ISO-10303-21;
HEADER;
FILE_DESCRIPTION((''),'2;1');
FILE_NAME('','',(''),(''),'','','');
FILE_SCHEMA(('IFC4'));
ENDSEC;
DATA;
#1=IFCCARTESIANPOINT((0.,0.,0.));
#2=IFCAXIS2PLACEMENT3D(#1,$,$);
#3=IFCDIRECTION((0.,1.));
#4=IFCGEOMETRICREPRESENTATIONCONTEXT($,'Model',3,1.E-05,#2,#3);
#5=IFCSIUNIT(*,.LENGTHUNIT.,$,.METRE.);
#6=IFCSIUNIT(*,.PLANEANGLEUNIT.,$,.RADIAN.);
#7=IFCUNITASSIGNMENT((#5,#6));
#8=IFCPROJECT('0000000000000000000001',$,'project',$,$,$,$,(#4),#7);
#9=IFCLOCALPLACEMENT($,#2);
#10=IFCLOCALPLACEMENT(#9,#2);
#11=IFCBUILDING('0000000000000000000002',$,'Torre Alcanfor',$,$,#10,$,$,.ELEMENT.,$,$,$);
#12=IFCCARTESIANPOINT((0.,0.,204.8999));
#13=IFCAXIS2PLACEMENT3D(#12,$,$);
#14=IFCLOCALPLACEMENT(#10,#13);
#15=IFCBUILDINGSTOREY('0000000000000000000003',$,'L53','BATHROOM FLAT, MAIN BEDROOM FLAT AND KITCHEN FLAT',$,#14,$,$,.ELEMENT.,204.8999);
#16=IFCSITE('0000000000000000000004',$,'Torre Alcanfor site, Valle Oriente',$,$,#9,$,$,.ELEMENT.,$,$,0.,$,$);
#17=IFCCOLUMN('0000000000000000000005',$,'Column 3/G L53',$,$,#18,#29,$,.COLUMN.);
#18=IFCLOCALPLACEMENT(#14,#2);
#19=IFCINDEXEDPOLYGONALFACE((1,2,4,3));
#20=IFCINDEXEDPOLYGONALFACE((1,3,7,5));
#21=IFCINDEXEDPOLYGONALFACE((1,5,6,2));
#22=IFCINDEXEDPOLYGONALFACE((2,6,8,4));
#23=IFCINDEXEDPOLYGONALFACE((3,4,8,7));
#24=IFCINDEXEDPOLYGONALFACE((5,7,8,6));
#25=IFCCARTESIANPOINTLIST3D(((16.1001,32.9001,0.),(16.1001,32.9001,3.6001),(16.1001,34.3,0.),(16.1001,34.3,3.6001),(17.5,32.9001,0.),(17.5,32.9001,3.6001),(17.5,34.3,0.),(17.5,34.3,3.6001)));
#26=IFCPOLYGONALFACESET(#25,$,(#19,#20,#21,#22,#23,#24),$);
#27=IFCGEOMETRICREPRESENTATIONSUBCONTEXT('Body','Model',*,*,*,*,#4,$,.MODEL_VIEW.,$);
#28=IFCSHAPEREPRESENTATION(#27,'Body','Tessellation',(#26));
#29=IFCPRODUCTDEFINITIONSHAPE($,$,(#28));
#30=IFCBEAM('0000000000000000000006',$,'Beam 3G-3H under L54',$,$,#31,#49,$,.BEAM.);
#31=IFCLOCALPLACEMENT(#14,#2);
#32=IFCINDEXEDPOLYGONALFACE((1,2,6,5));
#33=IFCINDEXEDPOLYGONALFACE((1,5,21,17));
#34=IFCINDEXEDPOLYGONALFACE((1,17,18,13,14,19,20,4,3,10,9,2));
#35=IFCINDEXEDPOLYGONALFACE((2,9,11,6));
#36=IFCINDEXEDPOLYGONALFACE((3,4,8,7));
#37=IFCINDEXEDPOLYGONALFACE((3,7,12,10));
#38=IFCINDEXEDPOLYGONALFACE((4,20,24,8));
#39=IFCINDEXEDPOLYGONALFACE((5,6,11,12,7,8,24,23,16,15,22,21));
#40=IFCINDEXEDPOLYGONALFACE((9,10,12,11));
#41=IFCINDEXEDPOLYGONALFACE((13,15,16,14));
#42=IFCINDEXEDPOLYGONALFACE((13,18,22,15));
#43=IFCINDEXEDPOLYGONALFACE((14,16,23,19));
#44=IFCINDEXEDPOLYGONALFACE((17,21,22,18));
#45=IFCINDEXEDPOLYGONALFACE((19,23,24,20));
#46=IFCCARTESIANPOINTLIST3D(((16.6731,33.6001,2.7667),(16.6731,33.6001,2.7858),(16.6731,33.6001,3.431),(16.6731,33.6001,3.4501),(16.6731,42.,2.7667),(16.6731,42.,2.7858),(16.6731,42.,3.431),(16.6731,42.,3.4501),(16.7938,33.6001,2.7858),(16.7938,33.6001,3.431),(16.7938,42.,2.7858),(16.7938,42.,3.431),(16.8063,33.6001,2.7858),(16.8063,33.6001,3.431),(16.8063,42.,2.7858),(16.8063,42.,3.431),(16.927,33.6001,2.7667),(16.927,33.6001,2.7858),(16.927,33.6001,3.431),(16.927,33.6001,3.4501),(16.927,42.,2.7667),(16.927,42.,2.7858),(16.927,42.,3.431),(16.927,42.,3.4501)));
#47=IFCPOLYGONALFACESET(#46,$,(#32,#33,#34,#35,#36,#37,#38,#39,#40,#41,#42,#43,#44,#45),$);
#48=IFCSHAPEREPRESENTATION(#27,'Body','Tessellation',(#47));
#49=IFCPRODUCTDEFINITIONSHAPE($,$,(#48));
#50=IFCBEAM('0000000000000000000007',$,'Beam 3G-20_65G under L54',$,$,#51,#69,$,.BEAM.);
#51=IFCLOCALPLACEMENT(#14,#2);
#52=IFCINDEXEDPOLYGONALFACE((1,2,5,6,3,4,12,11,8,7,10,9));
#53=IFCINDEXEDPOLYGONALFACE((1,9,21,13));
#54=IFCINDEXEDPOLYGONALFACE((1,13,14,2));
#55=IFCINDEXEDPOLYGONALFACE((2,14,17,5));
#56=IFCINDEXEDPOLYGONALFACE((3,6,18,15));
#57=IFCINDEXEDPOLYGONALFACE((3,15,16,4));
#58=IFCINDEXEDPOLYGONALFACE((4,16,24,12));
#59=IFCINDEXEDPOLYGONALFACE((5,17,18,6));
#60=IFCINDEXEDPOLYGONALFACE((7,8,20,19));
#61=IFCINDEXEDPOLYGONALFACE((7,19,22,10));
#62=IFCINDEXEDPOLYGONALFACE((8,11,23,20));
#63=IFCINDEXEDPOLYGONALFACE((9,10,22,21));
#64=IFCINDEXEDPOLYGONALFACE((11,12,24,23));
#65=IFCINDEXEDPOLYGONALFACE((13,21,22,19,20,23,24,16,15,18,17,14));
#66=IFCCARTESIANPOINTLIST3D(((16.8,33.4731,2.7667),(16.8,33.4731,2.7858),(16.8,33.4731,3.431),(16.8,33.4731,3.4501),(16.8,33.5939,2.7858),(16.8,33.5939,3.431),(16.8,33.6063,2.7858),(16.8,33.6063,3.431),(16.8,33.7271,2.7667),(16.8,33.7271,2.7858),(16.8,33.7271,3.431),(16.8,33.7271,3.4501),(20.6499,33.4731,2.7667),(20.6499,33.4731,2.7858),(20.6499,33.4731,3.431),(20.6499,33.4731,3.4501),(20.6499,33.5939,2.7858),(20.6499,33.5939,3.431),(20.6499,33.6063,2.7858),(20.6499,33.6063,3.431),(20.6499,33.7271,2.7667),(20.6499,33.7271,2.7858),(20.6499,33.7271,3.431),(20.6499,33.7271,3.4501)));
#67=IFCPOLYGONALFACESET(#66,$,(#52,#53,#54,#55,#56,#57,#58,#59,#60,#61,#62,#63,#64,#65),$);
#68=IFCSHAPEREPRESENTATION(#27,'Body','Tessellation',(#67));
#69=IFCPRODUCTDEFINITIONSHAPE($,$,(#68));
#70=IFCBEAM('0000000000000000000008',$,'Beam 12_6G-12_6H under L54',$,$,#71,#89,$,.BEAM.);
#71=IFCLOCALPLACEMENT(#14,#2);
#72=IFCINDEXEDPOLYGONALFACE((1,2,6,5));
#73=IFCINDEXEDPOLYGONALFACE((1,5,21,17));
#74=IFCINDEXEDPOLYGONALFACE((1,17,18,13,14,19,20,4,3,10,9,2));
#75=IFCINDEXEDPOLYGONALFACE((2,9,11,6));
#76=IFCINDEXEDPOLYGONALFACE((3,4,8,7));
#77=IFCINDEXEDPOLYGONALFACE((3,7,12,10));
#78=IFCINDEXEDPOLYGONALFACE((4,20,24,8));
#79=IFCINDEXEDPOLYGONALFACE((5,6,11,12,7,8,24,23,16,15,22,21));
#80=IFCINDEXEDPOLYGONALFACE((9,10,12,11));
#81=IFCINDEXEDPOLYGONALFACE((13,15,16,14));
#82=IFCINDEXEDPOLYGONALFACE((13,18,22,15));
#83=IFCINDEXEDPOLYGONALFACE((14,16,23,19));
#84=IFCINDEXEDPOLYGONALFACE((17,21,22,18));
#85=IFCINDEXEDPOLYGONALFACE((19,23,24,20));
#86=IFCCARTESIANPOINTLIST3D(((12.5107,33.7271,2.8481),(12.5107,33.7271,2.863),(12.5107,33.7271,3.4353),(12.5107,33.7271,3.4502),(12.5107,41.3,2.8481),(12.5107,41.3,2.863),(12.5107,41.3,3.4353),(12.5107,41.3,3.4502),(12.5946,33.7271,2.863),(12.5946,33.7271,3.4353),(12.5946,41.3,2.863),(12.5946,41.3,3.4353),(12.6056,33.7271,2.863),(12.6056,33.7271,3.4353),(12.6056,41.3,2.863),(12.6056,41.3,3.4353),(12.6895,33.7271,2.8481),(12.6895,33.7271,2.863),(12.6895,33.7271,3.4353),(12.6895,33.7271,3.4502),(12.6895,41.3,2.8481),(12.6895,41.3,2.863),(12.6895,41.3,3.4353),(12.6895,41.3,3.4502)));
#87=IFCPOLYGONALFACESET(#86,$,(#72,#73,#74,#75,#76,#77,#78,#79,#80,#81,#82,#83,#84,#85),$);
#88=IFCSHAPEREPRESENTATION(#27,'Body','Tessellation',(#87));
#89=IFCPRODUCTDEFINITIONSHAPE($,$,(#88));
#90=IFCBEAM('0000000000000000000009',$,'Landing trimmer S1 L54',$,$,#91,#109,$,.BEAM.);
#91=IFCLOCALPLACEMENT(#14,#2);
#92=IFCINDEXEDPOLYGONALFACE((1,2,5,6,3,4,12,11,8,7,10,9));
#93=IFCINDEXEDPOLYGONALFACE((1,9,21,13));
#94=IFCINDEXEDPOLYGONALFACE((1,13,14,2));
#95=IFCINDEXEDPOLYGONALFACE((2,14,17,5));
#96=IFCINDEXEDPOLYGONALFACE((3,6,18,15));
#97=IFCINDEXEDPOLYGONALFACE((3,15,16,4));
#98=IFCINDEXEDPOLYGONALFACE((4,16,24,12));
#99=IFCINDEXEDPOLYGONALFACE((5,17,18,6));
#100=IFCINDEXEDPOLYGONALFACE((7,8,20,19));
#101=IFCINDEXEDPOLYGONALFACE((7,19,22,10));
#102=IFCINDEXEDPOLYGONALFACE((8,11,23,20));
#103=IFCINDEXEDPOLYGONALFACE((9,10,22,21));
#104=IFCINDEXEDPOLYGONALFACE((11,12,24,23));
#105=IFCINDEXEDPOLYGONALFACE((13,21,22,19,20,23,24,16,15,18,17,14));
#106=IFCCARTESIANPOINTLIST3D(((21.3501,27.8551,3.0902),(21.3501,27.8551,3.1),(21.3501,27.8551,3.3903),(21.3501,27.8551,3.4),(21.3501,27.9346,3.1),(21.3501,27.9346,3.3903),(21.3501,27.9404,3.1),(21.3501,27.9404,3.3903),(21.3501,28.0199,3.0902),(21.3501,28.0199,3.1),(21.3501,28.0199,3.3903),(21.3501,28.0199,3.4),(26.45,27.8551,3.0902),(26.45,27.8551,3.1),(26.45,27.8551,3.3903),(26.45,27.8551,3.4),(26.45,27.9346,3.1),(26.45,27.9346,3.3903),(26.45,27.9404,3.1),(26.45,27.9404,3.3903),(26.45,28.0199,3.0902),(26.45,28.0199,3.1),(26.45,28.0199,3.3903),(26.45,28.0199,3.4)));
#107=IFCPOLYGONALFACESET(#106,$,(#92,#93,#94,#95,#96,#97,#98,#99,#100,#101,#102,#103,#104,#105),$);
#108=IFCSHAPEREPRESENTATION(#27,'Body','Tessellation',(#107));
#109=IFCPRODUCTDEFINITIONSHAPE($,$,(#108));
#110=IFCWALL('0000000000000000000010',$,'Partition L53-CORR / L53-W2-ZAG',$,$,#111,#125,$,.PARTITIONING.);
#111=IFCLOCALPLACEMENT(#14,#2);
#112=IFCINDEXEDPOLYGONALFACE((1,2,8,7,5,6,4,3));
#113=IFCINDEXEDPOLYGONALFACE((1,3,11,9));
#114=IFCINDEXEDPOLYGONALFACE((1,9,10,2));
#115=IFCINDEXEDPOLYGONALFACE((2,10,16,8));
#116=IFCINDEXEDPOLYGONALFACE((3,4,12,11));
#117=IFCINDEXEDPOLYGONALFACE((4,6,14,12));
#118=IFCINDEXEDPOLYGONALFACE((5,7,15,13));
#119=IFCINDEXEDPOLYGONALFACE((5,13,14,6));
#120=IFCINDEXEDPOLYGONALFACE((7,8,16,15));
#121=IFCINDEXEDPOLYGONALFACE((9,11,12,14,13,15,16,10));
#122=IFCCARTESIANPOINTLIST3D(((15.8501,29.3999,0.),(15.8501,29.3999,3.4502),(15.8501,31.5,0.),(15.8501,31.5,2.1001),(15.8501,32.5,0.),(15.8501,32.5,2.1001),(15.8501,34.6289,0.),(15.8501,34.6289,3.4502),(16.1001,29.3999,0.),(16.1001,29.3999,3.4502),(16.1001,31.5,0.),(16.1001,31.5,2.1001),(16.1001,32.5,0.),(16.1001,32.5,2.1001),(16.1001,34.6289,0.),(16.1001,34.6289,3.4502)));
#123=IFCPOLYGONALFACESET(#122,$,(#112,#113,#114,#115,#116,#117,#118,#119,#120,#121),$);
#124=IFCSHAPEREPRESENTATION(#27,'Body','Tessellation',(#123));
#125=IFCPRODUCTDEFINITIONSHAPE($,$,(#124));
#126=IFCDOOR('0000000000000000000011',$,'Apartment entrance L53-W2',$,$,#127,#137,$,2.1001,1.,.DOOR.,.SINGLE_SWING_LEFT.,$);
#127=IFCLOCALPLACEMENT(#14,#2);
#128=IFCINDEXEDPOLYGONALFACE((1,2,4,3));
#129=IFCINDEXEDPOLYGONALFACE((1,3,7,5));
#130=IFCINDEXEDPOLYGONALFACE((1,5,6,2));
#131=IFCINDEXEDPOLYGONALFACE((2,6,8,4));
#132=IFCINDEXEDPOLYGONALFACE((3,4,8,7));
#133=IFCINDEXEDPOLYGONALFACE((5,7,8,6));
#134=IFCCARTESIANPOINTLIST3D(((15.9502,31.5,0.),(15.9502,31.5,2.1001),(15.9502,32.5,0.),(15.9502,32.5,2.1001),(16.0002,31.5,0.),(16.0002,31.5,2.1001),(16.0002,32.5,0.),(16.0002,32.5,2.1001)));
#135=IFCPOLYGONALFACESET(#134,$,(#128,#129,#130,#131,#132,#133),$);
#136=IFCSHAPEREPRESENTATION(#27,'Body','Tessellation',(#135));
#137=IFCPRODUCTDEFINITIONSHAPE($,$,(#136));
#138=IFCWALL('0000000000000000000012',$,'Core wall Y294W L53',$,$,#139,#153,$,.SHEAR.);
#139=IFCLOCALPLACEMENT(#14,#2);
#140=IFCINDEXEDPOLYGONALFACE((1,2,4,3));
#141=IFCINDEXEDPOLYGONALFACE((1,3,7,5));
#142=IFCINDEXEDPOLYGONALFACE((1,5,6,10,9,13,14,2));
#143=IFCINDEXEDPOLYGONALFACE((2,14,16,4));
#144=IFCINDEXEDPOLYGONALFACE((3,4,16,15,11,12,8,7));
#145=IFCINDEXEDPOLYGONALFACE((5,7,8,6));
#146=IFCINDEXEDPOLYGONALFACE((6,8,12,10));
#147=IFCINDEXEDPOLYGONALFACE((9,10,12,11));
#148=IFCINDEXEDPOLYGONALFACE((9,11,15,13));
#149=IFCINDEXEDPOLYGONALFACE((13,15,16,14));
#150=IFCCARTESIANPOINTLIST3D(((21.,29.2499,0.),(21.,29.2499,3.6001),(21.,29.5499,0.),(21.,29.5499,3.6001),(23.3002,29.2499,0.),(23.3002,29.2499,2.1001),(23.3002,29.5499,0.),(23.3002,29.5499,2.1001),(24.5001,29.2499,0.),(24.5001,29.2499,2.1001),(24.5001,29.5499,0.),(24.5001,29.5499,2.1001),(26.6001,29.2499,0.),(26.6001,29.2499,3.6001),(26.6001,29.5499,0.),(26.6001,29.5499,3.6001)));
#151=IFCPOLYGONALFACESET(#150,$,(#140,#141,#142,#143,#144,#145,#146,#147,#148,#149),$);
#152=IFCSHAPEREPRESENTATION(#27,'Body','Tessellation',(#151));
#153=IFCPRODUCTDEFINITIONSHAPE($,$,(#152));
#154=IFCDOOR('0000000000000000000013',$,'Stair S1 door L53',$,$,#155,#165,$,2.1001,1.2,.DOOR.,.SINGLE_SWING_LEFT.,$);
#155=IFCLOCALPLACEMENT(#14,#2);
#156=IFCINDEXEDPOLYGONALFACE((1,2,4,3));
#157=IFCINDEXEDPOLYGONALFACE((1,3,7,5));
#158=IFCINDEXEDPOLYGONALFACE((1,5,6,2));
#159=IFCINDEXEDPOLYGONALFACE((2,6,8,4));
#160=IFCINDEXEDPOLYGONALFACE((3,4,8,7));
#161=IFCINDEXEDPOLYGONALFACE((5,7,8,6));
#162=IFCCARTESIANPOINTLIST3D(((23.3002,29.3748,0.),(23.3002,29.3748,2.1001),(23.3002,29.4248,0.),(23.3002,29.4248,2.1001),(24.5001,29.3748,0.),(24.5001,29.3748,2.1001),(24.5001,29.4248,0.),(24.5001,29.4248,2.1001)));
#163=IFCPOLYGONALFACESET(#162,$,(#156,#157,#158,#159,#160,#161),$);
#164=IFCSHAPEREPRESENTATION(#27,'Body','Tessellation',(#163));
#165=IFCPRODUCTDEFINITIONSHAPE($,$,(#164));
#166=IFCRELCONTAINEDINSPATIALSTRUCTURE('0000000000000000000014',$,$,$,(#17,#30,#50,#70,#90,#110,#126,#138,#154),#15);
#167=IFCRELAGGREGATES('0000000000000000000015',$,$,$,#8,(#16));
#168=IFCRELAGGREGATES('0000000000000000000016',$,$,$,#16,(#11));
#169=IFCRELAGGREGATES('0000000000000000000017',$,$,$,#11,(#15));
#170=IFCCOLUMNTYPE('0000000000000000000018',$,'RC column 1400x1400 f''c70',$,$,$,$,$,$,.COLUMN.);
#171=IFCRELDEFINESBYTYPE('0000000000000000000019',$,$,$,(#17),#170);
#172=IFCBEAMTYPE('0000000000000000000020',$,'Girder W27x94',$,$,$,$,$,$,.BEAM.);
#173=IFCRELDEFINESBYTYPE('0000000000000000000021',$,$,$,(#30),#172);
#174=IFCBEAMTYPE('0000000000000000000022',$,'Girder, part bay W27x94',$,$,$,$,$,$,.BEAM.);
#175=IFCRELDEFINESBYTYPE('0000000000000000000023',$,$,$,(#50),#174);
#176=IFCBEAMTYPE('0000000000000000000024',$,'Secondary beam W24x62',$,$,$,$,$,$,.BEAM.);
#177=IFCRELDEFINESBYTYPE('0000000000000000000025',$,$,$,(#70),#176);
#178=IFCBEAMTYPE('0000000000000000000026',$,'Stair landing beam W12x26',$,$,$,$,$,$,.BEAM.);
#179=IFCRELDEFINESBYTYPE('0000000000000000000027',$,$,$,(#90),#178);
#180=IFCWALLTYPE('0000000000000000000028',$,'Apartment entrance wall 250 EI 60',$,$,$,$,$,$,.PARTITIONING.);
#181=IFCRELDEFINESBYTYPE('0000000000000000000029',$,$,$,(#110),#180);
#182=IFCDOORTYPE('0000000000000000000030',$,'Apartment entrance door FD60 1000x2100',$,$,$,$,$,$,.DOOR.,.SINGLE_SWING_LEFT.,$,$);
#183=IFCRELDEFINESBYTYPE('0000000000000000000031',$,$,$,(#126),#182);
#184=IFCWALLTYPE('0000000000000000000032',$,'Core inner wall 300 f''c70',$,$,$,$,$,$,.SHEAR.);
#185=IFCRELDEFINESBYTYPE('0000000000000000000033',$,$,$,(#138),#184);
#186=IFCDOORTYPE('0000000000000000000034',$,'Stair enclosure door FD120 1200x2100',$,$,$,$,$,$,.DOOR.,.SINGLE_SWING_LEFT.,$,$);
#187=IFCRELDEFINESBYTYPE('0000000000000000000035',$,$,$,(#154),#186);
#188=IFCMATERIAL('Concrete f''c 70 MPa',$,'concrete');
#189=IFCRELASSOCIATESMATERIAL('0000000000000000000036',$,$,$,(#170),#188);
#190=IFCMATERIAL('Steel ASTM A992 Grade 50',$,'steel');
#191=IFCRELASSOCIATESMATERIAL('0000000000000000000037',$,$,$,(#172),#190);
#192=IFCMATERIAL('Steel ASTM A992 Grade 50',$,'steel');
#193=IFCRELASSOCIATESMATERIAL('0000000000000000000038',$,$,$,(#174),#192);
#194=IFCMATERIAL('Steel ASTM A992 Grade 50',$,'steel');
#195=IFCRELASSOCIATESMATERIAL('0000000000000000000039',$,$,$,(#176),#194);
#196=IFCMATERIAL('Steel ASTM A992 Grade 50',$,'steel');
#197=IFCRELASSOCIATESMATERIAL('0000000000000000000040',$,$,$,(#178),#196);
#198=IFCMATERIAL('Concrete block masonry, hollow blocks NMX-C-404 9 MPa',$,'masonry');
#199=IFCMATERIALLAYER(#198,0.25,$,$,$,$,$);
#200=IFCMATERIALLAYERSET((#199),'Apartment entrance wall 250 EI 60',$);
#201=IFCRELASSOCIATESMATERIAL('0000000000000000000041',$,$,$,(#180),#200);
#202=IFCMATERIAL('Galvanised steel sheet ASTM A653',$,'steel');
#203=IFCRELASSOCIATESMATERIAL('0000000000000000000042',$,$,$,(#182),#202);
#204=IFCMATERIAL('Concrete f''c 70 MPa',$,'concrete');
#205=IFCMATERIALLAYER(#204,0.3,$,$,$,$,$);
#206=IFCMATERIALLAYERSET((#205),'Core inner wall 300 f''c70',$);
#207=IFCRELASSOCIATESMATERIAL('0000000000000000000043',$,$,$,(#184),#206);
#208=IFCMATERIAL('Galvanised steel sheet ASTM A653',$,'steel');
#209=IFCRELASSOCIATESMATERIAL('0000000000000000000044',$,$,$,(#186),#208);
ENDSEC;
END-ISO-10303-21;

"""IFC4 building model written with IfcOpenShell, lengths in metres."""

from ifc_helpers import new_model, si_unit, direction, frame, frame_2d, origin, origin_2d, place, context, subcontext, project, spatial, rectangle, i_section, extrude, material, layer, layer_set, material_profile, profile_set, type_object, element, fill, save


model = new_model("IFC4")

# Units and contexts
model_context = context("Model", 3, precision=1e-05, world=origin(), true_north=direction((0.0, 1.0)))
body_context = subcontext(model_context, "Body", "Model", "MODEL_VIEW")
ifc_project = project(units=[si_unit("LENGTHUNIT", "METRE"), si_unit("PLANEANGLEUNIT", "RADIAN")], contexts=[model_context])

# Site, building, storey
site_placement = place(None, origin())
site = spatial("IfcSite", under=ifc_project, at=site_placement, Name="Torre Alcanfor site, Valle Oriente", CompositionType="ELEMENT", RefElevation=0.0)
building_placement = place(site_placement, origin())
building = spatial("IfcBuilding", under=site, at=building_placement, Name="Torre Alcanfor", CompositionType="ELEMENT")
storey_placement = place(building_placement, frame((0.0, 0.0, 204.8999)))
storey = spatial("IfcBuildingStorey", under=building, at=storey_placement, Name="L53", Description="BATHROOM FLAT, MAIN BEDROOM FLAT AND KITCHEN FLAT", CompositionType="ELEMENT", Elevation=204.8999)

# Column
ifc_material_1 = material(Name="Concrete f'c 70 MPa", Category="concrete")
ifc_material_profile_1 = material_profile(ifc_material_1, rectangle(XDim=1.3999, YDim=1.3999, at=origin_2d()), Name="1400x1400")
ifc_profile_set_1 = profile_set([ifc_material_profile_1], Name="Concrete f'c 70 MPa")
column_type = type_object("IfcColumnType", Name="RC column 1400x1400 f'c70", PredefinedType="COLUMN", material=ifc_profile_set_1)
column_placement = place(storey_placement, frame((16.8, 33.6001, 0.0), z_axis=(0.0, 0.0, 1.0), x_axis=(1.0, 0.0, 0.0)))
element("IfcColumn", 1, at=column_placement, inside=storey, type_object=column_type, Name="Column 3/G L53", PredefinedType="COLUMN", context=body_context, shape_type="SweptSolid", body=[
    extrude(rectangle(XDim=1.3999, YDim=1.3999, at=origin_2d()), origin(), (0.0, 0.0, 1.0), 3.6001),
])

# Beams
ifc_material_2 = material(Name="Steel ASTM A992 Grade 50", Category="steel")
ifc_material_profile_2 = material_profile(ifc_material_2, i_section(OverallWidth=0.2539, OverallDepth=0.6833, WebThickness=0.0125, FlangeThickness=0.019, at=origin_2d()), Name="W27x94")
ifc_profile_set_2 = profile_set([ifc_material_profile_2], Name="Steel ASTM A992 Grade 50")
beam_type_1 = type_object("IfcBeamType", Name="Girder W27x94", PredefinedType="BEAM", material=ifc_profile_set_2)
beam_1_placement = place(storey_placement, frame((16.8, 33.6001, 3.1084), z_axis=(0.0, 1.0, 0.0), x_axis=(-1.0, 0.0, 0.0)))
element("IfcBeam", 2, at=beam_1_placement, inside=storey, type_object=beam_type_1, Name="Beam 3G-3H under L54", PredefinedType="BEAM", context=body_context, shape_type="SweptSolid", body=[
    extrude(i_section(OverallWidth=0.2539, OverallDepth=0.6833, WebThickness=0.0125, FlangeThickness=0.019, at=origin_2d()), origin(), (0.0, 0.0, 1.0), 8.3999),
])
ifc_material_3 = material(Name="Steel ASTM A992 Grade 50", Category="steel")
ifc_material_profile_3 = material_profile(ifc_material_3, i_section(OverallWidth=0.2539, OverallDepth=0.6833, WebThickness=0.0125, FlangeThickness=0.019, at=origin_2d()), Name="W27x94")
ifc_profile_set_3 = profile_set([ifc_material_profile_3], Name="Steel ASTM A992 Grade 50")
beam_type_2 = type_object("IfcBeamType", Name="Girder, part bay W27x94", PredefinedType="BEAM", material=ifc_profile_set_3)
beam_2_placement = place(storey_placement, frame((16.8, 33.6001, 3.1084), z_axis=(1.0, 0.0, 0.0), x_axis=(0.0, 1.0, 0.0)))
element("IfcBeam", 3, at=beam_2_placement, inside=storey, type_object=beam_type_2, Name="Beam 3G-20_65G under L54", PredefinedType="BEAM", context=body_context, shape_type="SweptSolid", body=[
    extrude(i_section(OverallWidth=0.2539, OverallDepth=0.6833, WebThickness=0.0125, FlangeThickness=0.019, at=origin_2d()), origin(), (0.0, 0.0, 1.0), 3.8499),
])
ifc_material_4 = material(Name="Steel ASTM A992 Grade 50", Category="steel")
ifc_material_profile_4 = material_profile(ifc_material_4, i_section(OverallWidth=0.1787, OverallDepth=0.6021, WebThickness=0.011, FlangeThickness=0.0149, at=origin_2d()), Name="W24x62")
ifc_profile_set_4 = profile_set([ifc_material_profile_4], Name="Steel ASTM A992 Grade 50")
beam_type_3 = type_object("IfcBeamType", Name="Secondary beam W24x62", PredefinedType="BEAM", material=ifc_profile_set_4)
beam_3_placement = place(storey_placement, frame((12.6001, 33.7271, 3.1492), z_axis=(0.0, 1.0, 0.0), x_axis=(-1.0, 0.0, 0.0)))
element("IfcBeam", 4, at=beam_3_placement, inside=storey, type_object=beam_type_3, Name="Beam 12_6G-12_6H under L54", PredefinedType="BEAM", context=body_context, shape_type="SweptSolid", body=[
    extrude(i_section(OverallWidth=0.1787, OverallDepth=0.6021, WebThickness=0.011, FlangeThickness=0.0149, at=origin_2d()), origin(), (0.0, 0.0, 1.0), 7.573),
])
ifc_material_5 = material(Name="Steel ASTM A992 Grade 50", Category="steel")
ifc_material_profile_5 = material_profile(ifc_material_5, i_section(OverallWidth=0.1648, OverallDepth=0.3098, WebThickness=0.0059, FlangeThickness=0.0098, at=origin_2d()), Name="W12x26")
ifc_profile_set_5 = profile_set([ifc_material_profile_5], Name="Steel ASTM A992 Grade 50")
beam_type_4 = type_object("IfcBeamType", Name="Stair landing beam W12x26", PredefinedType="BEAM", material=ifc_profile_set_5)
beam_4_placement = place(storey_placement, frame((21.3501, 27.9375, 3.2451), z_axis=(1.0, 0.0, 0.0), x_axis=(0.0, 1.0, 0.0)))
element("IfcBeam", 5, at=beam_4_placement, inside=storey, type_object=beam_type_4, Name="Landing trimmer S1 L54", PredefinedType="BEAM", context=body_context, shape_type="SweptSolid", body=[
    extrude(i_section(OverallWidth=0.1648, OverallDepth=0.3098, WebThickness=0.0059, FlangeThickness=0.0098, at=origin_2d()), origin(), (0.0, 0.0, 1.0), 5.0999),
])

# Walls, openings, doors
ifc_material_6 = material(Name="Concrete block masonry, hollow blocks NMX-C-404 9 MPa", Category="masonry")
ifc_layer_1 = layer(ifc_material_6, 0.25)
ifc_layer_set_1 = layer_set([ifc_layer_1], Name="Apartment entrance wall 250 EI 60")
wall_type_1 = type_object("IfcWallType", Name="Apartment entrance wall 250 EI 60", PredefinedType="PARTITIONING", material=ifc_layer_set_1)
wall_1_placement = place(storey_placement, frame((15.9751, 29.3999, 0.0), z_axis=(0.0, 0.0, 1.0), x_axis=(0.0, 1.0, 0.0)))
wall_1 = element("IfcWall", 6, at=wall_1_placement, inside=storey, type_object=wall_type_1, Name="Partition L53-CORR / L53-W2-ZAG", PredefinedType="PARTITIONING", context=body_context, shape_type="SweptSolid", body=[
    extrude(rectangle(XDim=5.229, YDim=0.25, at=frame_2d((2.6145, 0.0))), origin(), (0.0, 0.0, 1.0), 3.4502),
])
opening_1_placement = place(wall_1_placement, frame((2.1001, 0.0, 0.0)))
opening_1 = element("IfcOpeningElement", 7, at=opening_1_placement, cuts=wall_1, PredefinedType="OPENING", context=body_context, shape_type="SweptSolid", body=[
    extrude(rectangle(XDim=1.0, YDim=2.1001, at=frame_2d((0.5, 1.05))), frame((0.0, 0.135, 0.0), z_axis=(0.0, -1.0, 0.0), x_axis=(1.0, 0.0, 0.0)), (0.0, 0.0, 1.0), 0.27),
])
ifc_material_7 = material(Name="Galvanised steel sheet ASTM A653", Category="steel")
door_type_1 = type_object("IfcDoorType", Name="Apartment entrance door FD60 1000x2100", OperationType="SINGLE_SWING_LEFT", PredefinedType="DOOR", material=ifc_material_7)
door_1_placement = place(opening_1_placement, origin())
door_1 = element("IfcDoor", 8, at=door_1_placement, inside=storey, type_object=door_type_1, Name="Apartment entrance L53-W2", OperationType="SINGLE_SWING_LEFT", OverallHeight=2.1001, OverallWidth=1.0, PredefinedType="DOOR", context=body_context, shape_type="SweptSolid", body=[
    extrude(rectangle(XDim=1.0, YDim=2.1001, at=frame_2d((0.5, 1.05))), frame((0.0, 0.0249, 0.0), z_axis=(0.0, -1.0, 0.0), x_axis=(1.0, 0.0, 0.0)), (0.0, 0.0, 1.0), 0.05),
])
fill(opening_1, door_1)
ifc_material_8 = material(Name="Concrete f'c 70 MPa", Category="concrete")
ifc_layer_2 = layer(ifc_material_8, 0.3)
ifc_layer_set_2 = layer_set([ifc_layer_2], Name="Core inner wall 300 f'c70")
wall_type_2 = type_object("IfcWallType", Name="Core inner wall 300 f'c70", PredefinedType="SHEAR", material=ifc_layer_set_2)
wall_2_placement = place(storey_placement, frame((21.0, 29.3999, 0.0), z_axis=(0.0, 0.0, 1.0), x_axis=(1.0, 0.0, 0.0)))
wall_2 = element("IfcWall", 9, at=wall_2_placement, inside=storey, type_object=wall_type_2, Name="Core wall Y294W L53", PredefinedType="SHEAR", context=body_context, shape_type="SweptSolid", body=[
    extrude(rectangle(XDim=5.6001, YDim=0.3, at=frame_2d((2.8, 0.0))), origin(), (0.0, 0.0, 1.0), 3.6001),
])
opening_2_placement = place(wall_2_placement, frame((2.3, 0.0, 0.0)))
opening_2 = element("IfcOpeningElement", 10, at=opening_2_placement, cuts=wall_2, PredefinedType="OPENING", context=body_context, shape_type="SweptSolid", body=[
    extrude(rectangle(XDim=1.2, YDim=2.1001, at=frame_2d((0.6001, 1.05))), frame((0.0, 0.1599, 0.0), z_axis=(0.0, -1.0, 0.0), x_axis=(1.0, 0.0, 0.0)), (0.0, 0.0, 1.0), 0.3201),
])
ifc_material_9 = material(Name="Galvanised steel sheet ASTM A653", Category="steel")
door_type_2 = type_object("IfcDoorType", Name="Stair enclosure door FD120 1200x2100", OperationType="SINGLE_SWING_LEFT", PredefinedType="DOOR", material=ifc_material_9)
door_2_placement = place(opening_2_placement, frame((1.2, 0.0, 0.0), z_axis=(0.0, 0.0, 1.0), x_axis=(-1.0, 0.0, 0.0)))
door_2 = element("IfcDoor", 11, at=door_2_placement, inside=storey, type_object=door_type_2, Name="Stair S1 door L53", OperationType="SINGLE_SWING_LEFT", OverallHeight=2.1001, OverallWidth=1.2, PredefinedType="DOOR", context=body_context, shape_type="SweptSolid", body=[
    extrude(rectangle(XDim=1.2, YDim=2.1001, at=frame_2d((0.5999, 1.05))), frame((0.0, 0.0251, 0.0), z_axis=(0.0, -1.0, 0.0), x_axis=(1.0, 0.0, 0.0)), (0.0, 0.0, 1.0), 0.05),
])
fill(opening_2, door_2)

save(model, "model.ifc")
